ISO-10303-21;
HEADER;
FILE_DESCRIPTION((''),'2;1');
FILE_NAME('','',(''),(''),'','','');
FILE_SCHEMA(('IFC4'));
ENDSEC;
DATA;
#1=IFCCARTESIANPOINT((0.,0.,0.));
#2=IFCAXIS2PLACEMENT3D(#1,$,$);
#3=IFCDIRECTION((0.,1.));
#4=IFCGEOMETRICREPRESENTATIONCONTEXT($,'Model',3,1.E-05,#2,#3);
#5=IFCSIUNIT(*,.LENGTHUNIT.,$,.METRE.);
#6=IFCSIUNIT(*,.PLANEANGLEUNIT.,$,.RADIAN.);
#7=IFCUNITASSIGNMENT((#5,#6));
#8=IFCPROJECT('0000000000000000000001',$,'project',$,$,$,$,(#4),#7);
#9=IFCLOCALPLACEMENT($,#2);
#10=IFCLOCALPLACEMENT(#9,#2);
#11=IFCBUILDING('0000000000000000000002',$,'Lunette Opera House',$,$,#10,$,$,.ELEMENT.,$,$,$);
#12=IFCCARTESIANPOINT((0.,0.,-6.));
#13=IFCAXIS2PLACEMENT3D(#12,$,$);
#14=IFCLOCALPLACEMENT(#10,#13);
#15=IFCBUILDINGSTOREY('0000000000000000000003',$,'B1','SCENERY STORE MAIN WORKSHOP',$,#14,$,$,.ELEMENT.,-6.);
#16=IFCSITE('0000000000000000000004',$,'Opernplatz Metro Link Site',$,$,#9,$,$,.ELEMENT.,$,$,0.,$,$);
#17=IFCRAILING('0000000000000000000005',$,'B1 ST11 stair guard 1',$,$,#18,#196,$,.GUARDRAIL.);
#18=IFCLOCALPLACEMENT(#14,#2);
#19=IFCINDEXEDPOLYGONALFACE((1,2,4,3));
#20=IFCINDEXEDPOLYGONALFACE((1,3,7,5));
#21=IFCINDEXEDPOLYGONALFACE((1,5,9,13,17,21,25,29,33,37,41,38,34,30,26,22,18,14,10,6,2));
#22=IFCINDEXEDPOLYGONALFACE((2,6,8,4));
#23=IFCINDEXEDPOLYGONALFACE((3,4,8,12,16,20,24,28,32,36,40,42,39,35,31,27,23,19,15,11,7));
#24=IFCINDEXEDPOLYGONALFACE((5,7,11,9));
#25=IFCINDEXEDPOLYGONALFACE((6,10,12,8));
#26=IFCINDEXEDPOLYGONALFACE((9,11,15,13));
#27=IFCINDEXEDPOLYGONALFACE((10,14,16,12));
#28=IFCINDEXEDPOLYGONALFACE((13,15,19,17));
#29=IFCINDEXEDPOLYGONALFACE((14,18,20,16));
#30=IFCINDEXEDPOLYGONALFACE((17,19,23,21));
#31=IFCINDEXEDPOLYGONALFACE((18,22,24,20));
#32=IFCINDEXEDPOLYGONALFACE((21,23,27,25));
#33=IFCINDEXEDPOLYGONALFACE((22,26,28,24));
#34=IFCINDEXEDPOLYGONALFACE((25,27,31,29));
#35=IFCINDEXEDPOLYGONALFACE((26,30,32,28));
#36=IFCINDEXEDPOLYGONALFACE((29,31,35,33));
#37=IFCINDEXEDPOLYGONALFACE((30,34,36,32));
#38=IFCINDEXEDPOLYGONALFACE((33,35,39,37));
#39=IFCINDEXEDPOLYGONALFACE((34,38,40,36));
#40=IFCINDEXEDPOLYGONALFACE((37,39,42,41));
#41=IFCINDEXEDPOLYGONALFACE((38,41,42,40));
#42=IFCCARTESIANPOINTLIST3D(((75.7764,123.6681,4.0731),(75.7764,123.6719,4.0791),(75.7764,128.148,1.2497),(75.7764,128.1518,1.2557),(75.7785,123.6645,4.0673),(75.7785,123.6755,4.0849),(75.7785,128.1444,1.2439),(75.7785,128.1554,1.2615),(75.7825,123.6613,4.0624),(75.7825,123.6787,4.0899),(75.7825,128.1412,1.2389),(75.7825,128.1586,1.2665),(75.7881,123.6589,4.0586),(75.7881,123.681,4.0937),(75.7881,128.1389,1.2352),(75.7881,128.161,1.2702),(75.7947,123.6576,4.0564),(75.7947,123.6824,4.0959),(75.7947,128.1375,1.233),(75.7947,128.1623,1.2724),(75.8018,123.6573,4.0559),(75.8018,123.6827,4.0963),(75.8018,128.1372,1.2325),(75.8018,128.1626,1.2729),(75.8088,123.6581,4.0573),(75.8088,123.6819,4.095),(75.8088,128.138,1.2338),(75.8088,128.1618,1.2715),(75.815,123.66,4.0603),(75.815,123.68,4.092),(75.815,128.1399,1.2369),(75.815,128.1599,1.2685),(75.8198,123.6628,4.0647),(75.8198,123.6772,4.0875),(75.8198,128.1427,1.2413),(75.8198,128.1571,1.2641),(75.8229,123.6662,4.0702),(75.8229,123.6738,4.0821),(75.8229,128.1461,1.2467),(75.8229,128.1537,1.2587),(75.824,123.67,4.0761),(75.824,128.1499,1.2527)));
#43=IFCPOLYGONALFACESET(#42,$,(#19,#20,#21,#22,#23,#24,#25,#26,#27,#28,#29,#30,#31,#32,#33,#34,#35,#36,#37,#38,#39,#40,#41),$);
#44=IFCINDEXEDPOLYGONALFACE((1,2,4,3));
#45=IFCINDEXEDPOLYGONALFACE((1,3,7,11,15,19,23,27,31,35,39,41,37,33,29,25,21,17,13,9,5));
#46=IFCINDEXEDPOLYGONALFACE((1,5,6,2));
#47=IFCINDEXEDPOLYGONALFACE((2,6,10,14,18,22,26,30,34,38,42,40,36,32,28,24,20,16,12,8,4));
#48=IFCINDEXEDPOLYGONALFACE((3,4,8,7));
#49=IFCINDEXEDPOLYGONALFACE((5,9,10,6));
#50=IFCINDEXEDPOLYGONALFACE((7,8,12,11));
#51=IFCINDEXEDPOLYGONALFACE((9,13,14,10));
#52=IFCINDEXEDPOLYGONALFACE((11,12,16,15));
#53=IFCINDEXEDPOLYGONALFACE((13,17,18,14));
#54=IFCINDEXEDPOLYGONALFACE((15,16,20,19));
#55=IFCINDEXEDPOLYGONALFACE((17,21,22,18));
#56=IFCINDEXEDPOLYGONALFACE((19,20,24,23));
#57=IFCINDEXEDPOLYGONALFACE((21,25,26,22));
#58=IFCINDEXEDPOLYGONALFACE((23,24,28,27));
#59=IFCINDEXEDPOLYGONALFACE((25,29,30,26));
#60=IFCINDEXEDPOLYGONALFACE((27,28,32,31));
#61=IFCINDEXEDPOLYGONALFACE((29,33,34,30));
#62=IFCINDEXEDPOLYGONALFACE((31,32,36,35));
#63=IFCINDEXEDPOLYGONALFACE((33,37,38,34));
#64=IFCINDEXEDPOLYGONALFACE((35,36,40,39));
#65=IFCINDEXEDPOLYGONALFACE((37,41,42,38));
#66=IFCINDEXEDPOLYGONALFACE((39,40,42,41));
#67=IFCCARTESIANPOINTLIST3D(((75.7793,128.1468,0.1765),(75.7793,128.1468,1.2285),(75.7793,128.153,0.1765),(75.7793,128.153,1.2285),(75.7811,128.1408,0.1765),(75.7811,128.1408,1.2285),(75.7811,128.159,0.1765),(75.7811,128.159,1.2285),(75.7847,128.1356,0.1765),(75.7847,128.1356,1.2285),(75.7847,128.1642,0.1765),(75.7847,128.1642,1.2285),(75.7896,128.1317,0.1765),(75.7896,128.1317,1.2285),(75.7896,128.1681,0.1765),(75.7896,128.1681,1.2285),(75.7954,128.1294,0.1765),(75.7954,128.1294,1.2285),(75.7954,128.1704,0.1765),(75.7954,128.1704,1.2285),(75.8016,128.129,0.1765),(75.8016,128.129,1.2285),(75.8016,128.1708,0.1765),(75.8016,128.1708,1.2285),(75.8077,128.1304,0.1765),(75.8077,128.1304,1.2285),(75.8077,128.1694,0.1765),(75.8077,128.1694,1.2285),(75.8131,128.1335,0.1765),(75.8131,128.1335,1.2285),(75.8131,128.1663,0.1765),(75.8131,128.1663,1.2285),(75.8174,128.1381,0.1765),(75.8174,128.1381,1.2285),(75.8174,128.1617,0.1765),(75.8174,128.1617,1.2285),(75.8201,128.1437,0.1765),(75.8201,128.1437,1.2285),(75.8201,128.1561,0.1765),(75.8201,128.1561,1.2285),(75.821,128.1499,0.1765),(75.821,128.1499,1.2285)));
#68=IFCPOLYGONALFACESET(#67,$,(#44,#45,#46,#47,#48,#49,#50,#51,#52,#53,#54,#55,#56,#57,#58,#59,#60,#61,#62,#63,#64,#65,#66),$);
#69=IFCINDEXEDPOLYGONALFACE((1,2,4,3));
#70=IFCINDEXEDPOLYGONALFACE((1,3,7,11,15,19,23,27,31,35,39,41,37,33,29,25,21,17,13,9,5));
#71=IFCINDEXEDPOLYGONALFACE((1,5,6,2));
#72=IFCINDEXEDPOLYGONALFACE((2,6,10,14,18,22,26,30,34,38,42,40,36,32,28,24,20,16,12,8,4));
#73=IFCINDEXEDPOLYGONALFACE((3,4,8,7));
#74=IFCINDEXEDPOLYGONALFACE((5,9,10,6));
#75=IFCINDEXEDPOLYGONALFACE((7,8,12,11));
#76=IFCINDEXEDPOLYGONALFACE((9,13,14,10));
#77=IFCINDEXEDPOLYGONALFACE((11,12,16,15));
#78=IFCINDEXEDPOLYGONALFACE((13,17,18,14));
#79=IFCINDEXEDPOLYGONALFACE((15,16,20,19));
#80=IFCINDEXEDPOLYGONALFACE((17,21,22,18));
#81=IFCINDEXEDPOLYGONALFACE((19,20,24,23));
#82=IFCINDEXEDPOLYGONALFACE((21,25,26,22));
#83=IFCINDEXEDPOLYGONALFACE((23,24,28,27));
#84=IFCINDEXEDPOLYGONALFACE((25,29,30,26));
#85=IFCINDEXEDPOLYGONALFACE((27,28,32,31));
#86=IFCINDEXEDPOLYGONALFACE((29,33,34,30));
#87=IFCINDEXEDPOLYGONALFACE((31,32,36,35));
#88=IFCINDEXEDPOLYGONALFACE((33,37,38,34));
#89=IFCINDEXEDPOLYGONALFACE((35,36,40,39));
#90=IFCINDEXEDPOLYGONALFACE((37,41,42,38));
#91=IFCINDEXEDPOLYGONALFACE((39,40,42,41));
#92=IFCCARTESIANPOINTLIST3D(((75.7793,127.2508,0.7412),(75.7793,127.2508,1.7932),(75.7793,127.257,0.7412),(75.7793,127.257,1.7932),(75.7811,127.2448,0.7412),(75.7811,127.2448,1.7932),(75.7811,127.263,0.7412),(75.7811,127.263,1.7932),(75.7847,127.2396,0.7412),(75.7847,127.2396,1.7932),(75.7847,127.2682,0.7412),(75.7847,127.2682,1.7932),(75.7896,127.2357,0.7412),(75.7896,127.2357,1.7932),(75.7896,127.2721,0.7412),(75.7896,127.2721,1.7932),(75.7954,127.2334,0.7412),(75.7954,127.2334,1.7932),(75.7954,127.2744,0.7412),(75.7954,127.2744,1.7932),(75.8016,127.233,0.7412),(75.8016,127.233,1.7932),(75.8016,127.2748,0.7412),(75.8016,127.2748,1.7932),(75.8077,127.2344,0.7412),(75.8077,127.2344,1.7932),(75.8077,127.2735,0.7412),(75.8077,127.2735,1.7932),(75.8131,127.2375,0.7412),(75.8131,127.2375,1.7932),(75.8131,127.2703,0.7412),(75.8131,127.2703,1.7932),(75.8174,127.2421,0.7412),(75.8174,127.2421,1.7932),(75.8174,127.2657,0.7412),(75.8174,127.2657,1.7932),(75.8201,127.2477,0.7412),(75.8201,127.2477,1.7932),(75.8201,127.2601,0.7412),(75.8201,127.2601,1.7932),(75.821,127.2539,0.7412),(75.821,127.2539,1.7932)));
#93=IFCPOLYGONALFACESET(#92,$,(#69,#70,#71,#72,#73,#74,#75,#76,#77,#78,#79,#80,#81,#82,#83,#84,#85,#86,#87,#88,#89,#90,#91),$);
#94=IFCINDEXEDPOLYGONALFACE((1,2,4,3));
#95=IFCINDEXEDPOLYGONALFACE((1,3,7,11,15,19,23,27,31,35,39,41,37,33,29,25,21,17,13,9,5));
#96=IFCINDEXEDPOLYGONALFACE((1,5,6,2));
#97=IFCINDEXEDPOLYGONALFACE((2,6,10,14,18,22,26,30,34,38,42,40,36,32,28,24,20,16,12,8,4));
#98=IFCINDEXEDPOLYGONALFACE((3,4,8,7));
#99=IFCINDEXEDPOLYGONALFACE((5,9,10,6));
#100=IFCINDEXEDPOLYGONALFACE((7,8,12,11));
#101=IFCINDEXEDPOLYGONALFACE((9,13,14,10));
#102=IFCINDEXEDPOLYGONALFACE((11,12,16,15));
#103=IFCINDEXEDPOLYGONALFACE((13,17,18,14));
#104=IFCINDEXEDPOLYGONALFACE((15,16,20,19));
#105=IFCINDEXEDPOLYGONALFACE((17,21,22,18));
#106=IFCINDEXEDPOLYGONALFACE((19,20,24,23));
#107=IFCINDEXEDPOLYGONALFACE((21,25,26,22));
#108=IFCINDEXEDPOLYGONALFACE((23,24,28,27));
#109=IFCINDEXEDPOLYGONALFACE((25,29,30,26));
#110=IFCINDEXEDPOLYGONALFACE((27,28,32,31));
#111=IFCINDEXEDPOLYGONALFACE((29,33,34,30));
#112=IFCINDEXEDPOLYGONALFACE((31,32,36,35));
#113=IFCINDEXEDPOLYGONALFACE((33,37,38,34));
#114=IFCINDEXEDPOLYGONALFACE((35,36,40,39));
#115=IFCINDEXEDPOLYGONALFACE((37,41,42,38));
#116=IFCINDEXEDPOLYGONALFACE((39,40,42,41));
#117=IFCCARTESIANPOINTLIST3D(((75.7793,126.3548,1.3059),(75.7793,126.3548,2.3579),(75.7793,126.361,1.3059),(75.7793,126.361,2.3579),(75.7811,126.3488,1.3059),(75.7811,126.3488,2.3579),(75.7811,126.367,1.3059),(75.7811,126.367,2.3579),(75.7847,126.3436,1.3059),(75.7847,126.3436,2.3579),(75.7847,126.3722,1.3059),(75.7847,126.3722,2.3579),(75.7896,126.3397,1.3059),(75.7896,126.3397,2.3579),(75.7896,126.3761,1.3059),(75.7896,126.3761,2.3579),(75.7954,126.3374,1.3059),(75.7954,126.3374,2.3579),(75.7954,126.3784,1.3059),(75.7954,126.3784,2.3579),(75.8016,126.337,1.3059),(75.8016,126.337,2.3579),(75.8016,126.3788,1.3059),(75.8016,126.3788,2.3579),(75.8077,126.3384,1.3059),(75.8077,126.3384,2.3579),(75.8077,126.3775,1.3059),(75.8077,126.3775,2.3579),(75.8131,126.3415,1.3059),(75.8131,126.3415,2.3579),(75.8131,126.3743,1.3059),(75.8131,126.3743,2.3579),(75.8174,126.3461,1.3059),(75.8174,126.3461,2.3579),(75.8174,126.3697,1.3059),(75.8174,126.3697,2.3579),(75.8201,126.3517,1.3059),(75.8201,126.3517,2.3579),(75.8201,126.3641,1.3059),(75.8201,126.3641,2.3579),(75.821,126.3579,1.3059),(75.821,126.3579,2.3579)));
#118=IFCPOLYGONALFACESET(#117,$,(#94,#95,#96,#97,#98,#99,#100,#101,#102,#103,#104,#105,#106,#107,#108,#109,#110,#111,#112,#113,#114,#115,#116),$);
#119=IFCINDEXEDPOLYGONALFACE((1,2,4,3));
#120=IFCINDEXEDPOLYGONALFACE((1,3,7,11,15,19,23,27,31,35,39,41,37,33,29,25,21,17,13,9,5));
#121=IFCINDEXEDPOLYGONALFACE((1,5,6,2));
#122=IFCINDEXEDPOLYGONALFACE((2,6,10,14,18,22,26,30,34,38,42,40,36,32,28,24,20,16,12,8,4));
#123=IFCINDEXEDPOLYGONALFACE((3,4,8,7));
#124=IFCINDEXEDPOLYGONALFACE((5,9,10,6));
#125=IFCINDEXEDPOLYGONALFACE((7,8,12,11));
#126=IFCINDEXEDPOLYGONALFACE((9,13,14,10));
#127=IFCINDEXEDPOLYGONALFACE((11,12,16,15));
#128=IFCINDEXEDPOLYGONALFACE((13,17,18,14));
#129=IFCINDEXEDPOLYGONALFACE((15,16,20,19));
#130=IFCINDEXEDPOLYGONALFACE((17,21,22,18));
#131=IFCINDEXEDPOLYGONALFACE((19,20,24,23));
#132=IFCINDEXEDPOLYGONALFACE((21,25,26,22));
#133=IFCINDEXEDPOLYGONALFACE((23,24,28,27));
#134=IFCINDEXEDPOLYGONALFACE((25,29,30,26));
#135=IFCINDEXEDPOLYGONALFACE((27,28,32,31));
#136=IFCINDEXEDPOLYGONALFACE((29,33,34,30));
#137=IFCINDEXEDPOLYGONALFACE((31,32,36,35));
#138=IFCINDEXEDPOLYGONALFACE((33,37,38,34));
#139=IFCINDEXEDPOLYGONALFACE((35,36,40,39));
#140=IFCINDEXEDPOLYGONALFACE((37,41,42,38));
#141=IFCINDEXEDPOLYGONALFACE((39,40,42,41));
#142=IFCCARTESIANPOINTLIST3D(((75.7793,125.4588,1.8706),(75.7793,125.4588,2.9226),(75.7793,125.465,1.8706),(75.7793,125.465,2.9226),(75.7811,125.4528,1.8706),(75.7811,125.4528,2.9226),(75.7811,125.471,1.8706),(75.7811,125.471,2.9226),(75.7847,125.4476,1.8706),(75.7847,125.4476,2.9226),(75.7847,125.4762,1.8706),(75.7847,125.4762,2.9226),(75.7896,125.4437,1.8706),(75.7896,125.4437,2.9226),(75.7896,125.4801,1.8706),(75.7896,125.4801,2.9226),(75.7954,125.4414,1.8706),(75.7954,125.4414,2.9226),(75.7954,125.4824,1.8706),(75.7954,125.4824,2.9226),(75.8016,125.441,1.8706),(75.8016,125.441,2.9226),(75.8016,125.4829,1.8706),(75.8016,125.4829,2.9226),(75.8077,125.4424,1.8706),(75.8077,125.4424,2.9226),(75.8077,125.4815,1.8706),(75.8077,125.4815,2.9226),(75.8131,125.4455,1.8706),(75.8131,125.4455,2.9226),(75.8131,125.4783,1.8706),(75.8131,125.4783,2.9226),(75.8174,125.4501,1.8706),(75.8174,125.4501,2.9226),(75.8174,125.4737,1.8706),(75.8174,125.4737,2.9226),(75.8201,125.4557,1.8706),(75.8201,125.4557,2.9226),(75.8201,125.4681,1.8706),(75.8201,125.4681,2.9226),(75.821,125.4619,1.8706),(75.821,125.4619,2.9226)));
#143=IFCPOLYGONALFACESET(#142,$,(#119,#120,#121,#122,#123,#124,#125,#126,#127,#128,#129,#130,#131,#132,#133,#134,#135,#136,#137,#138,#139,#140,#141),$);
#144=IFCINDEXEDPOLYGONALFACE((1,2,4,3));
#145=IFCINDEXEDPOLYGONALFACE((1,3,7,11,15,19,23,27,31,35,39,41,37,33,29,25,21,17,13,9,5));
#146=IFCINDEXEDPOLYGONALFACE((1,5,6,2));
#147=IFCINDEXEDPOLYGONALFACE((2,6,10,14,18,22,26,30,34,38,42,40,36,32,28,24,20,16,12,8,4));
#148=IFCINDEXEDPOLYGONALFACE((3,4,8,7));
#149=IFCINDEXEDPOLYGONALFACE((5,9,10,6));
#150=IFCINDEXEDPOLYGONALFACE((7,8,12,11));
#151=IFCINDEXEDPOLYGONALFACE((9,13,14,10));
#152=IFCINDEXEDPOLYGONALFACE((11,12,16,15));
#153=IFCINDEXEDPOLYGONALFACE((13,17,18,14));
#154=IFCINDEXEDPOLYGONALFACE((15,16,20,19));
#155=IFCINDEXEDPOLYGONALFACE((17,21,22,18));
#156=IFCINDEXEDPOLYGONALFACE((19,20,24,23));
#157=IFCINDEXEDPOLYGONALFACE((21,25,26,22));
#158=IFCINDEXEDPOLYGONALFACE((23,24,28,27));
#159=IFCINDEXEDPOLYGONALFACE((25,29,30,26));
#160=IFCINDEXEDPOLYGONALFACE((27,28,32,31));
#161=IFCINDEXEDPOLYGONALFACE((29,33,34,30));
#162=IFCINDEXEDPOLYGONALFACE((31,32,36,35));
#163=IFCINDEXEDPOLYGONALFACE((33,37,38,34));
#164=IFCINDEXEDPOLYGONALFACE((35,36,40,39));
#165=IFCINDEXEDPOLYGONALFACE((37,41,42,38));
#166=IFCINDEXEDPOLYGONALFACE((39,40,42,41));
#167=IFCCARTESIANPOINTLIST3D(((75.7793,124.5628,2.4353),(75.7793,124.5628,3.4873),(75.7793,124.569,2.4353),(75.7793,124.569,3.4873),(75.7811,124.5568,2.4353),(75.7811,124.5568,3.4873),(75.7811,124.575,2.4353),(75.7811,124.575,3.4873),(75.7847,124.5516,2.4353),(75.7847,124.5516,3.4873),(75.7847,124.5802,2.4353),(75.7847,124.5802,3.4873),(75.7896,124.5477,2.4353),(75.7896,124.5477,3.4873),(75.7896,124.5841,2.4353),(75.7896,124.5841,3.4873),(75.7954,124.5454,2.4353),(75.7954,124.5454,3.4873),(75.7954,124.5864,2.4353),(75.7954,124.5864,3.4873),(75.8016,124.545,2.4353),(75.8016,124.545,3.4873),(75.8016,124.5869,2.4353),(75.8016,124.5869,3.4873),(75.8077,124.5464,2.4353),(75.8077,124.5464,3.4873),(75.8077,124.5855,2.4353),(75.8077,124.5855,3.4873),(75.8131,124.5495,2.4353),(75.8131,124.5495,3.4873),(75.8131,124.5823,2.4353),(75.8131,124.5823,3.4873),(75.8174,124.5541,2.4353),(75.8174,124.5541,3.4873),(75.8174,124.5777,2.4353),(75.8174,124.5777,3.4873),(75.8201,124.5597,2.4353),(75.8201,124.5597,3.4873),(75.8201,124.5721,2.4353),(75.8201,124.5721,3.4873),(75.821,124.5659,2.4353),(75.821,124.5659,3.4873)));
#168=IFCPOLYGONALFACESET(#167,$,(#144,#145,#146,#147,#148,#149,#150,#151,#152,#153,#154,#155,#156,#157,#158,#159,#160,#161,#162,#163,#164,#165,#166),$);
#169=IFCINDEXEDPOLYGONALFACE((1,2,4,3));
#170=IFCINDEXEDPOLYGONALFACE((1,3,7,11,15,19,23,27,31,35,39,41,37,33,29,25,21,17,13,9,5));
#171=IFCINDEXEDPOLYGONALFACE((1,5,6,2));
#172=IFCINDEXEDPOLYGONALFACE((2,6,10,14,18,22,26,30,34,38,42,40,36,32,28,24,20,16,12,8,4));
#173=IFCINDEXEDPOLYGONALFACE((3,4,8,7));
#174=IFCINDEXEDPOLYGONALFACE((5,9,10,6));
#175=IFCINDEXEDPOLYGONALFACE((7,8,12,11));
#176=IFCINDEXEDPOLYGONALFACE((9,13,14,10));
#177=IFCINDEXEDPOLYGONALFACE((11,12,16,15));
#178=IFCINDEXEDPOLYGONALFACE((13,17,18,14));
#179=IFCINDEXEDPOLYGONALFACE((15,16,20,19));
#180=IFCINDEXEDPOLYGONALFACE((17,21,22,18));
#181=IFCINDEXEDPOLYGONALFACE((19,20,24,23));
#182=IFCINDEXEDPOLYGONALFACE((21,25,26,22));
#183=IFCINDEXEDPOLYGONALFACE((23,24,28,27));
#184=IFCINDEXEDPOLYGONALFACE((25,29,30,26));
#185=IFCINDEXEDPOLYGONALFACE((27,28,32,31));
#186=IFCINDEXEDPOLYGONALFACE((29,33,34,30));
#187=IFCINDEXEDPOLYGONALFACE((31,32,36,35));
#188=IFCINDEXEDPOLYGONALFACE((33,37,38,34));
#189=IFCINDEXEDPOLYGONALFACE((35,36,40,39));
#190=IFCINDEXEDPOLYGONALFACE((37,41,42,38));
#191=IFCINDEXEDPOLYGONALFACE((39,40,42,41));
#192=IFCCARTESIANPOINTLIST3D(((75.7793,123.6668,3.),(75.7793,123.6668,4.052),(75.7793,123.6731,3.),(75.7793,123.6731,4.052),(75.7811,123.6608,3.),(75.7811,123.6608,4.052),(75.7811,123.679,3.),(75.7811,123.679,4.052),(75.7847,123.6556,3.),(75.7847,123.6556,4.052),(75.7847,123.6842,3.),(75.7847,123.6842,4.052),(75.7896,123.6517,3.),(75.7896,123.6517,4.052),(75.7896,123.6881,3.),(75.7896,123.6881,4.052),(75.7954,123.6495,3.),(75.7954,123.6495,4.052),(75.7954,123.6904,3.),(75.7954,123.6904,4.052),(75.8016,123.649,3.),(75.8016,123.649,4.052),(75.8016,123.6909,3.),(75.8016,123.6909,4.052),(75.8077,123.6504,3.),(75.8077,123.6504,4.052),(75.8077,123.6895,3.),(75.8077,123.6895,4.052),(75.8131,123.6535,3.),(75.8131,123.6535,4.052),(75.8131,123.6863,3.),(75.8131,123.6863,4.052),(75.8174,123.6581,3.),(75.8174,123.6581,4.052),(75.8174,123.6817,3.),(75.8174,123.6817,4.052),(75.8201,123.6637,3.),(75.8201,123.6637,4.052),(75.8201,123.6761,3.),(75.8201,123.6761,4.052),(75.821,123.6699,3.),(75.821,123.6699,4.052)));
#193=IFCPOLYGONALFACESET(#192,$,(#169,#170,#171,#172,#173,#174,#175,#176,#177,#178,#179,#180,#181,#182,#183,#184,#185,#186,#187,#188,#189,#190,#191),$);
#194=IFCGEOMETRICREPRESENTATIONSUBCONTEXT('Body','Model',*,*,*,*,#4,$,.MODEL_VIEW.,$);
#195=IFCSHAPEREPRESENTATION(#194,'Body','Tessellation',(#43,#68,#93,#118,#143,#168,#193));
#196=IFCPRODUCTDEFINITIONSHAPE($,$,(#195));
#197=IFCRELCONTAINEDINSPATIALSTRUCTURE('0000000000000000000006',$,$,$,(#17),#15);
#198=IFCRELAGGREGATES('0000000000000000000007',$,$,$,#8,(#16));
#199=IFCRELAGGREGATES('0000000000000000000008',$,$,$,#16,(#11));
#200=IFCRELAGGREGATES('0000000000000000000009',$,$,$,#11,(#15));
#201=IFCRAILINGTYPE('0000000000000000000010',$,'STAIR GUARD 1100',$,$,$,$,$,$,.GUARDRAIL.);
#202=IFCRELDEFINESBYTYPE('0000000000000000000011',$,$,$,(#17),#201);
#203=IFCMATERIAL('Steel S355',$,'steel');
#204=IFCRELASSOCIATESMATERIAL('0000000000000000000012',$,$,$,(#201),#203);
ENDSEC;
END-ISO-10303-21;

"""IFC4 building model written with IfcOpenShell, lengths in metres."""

from ifc_helpers import new_model, si_unit, direction, frame, origin, origin_2d, place, context, subcontext, project, spatial, circle, extrude, material, type_object, element, save


model = new_model("IFC4")

# Units and contexts
model_context = context("Model", 3, precision=1e-05, world=origin(), true_north=direction((0.0, 1.0)))
body_context = subcontext(model_context, "Body", "Model", "MODEL_VIEW")
ifc_project = project(units=[si_unit("LENGTHUNIT", "METRE"), si_unit("PLANEANGLEUNIT", "RADIAN")], contexts=[model_context])

# Site, building, storey
site_placement = place(None, origin())
site = spatial("IfcSite", under=ifc_project, at=site_placement, Name="Opernplatz Metro Link Site", CompositionType="ELEMENT", RefElevation=0.0)
building_placement = place(site_placement, origin())
building = spatial("IfcBuilding", under=site, at=building_placement, Name="Lunette Opera House", CompositionType="ELEMENT")
storey_placement = place(building_placement, frame((0.0, 0.0, -6.0)))
storey = spatial("IfcBuildingStorey", under=building, at=storey_placement, Name="B1", Description="SCENERY STORE MAIN WORKSHOP", CompositionType="ELEMENT", Elevation=-6.0)

# Railing
ifc_material_1 = material(Name="Steel S355", Category="steel")
railing_type_1 = type_object("IfcRailingType", Name="STAIR GUARD 1100", PredefinedType="GUARDRAIL", material=ifc_material_1)
railing_1_placement = place(storey_placement, frame((75.8, 128.1499, 0.1765)))
element("IfcRailing", 1, at=railing_1_placement, inside=storey, type_object=railing_type_1, Name="B1 ST11 stair guard 1", PredefinedType="GUARDRAIL", context=body_context, shape_type="SweptSolid", body=[
    extrude(circle(Radius=0.0239, at=origin_2d()), frame((0.0, 0.0, 1.0762), z_axis=(0.0, -0.845998, 0.533186), x_axis=(1.0, 0.0, 0.0)), (0.0, 0.0, 1.0), 5.2954),
    extrude(circle(Radius=0.021, at=origin_2d()), origin(), (0.0, 0.0, 1.0), 1.052),
    extrude(circle(Radius=0.021, at=origin_2d()), frame((0.0, -0.896, 0.5647)), (0.0, 0.0, 1.0), 1.052),
    extrude(circle(Radius=0.021, at=origin_2d()), frame((0.0, -1.792, 1.1294)), (0.0, 0.0, 1.0), 1.052),
    extrude(circle(Radius=0.021, at=origin_2d()), frame((0.0, -2.688, 1.6941)), (0.0, 0.0, 1.0), 1.052),
    extrude(circle(Radius=0.021, at=origin_2d()), frame((0.0, -3.584, 2.2588)), (0.0, 0.0, 1.0), 1.052),
    extrude(circle(Radius=0.021, at=origin_2d()), frame((0.0, -4.48, 2.8235)), (0.0, 0.0, 1.0), 1.052),
])

save(model, "model.ifc")
